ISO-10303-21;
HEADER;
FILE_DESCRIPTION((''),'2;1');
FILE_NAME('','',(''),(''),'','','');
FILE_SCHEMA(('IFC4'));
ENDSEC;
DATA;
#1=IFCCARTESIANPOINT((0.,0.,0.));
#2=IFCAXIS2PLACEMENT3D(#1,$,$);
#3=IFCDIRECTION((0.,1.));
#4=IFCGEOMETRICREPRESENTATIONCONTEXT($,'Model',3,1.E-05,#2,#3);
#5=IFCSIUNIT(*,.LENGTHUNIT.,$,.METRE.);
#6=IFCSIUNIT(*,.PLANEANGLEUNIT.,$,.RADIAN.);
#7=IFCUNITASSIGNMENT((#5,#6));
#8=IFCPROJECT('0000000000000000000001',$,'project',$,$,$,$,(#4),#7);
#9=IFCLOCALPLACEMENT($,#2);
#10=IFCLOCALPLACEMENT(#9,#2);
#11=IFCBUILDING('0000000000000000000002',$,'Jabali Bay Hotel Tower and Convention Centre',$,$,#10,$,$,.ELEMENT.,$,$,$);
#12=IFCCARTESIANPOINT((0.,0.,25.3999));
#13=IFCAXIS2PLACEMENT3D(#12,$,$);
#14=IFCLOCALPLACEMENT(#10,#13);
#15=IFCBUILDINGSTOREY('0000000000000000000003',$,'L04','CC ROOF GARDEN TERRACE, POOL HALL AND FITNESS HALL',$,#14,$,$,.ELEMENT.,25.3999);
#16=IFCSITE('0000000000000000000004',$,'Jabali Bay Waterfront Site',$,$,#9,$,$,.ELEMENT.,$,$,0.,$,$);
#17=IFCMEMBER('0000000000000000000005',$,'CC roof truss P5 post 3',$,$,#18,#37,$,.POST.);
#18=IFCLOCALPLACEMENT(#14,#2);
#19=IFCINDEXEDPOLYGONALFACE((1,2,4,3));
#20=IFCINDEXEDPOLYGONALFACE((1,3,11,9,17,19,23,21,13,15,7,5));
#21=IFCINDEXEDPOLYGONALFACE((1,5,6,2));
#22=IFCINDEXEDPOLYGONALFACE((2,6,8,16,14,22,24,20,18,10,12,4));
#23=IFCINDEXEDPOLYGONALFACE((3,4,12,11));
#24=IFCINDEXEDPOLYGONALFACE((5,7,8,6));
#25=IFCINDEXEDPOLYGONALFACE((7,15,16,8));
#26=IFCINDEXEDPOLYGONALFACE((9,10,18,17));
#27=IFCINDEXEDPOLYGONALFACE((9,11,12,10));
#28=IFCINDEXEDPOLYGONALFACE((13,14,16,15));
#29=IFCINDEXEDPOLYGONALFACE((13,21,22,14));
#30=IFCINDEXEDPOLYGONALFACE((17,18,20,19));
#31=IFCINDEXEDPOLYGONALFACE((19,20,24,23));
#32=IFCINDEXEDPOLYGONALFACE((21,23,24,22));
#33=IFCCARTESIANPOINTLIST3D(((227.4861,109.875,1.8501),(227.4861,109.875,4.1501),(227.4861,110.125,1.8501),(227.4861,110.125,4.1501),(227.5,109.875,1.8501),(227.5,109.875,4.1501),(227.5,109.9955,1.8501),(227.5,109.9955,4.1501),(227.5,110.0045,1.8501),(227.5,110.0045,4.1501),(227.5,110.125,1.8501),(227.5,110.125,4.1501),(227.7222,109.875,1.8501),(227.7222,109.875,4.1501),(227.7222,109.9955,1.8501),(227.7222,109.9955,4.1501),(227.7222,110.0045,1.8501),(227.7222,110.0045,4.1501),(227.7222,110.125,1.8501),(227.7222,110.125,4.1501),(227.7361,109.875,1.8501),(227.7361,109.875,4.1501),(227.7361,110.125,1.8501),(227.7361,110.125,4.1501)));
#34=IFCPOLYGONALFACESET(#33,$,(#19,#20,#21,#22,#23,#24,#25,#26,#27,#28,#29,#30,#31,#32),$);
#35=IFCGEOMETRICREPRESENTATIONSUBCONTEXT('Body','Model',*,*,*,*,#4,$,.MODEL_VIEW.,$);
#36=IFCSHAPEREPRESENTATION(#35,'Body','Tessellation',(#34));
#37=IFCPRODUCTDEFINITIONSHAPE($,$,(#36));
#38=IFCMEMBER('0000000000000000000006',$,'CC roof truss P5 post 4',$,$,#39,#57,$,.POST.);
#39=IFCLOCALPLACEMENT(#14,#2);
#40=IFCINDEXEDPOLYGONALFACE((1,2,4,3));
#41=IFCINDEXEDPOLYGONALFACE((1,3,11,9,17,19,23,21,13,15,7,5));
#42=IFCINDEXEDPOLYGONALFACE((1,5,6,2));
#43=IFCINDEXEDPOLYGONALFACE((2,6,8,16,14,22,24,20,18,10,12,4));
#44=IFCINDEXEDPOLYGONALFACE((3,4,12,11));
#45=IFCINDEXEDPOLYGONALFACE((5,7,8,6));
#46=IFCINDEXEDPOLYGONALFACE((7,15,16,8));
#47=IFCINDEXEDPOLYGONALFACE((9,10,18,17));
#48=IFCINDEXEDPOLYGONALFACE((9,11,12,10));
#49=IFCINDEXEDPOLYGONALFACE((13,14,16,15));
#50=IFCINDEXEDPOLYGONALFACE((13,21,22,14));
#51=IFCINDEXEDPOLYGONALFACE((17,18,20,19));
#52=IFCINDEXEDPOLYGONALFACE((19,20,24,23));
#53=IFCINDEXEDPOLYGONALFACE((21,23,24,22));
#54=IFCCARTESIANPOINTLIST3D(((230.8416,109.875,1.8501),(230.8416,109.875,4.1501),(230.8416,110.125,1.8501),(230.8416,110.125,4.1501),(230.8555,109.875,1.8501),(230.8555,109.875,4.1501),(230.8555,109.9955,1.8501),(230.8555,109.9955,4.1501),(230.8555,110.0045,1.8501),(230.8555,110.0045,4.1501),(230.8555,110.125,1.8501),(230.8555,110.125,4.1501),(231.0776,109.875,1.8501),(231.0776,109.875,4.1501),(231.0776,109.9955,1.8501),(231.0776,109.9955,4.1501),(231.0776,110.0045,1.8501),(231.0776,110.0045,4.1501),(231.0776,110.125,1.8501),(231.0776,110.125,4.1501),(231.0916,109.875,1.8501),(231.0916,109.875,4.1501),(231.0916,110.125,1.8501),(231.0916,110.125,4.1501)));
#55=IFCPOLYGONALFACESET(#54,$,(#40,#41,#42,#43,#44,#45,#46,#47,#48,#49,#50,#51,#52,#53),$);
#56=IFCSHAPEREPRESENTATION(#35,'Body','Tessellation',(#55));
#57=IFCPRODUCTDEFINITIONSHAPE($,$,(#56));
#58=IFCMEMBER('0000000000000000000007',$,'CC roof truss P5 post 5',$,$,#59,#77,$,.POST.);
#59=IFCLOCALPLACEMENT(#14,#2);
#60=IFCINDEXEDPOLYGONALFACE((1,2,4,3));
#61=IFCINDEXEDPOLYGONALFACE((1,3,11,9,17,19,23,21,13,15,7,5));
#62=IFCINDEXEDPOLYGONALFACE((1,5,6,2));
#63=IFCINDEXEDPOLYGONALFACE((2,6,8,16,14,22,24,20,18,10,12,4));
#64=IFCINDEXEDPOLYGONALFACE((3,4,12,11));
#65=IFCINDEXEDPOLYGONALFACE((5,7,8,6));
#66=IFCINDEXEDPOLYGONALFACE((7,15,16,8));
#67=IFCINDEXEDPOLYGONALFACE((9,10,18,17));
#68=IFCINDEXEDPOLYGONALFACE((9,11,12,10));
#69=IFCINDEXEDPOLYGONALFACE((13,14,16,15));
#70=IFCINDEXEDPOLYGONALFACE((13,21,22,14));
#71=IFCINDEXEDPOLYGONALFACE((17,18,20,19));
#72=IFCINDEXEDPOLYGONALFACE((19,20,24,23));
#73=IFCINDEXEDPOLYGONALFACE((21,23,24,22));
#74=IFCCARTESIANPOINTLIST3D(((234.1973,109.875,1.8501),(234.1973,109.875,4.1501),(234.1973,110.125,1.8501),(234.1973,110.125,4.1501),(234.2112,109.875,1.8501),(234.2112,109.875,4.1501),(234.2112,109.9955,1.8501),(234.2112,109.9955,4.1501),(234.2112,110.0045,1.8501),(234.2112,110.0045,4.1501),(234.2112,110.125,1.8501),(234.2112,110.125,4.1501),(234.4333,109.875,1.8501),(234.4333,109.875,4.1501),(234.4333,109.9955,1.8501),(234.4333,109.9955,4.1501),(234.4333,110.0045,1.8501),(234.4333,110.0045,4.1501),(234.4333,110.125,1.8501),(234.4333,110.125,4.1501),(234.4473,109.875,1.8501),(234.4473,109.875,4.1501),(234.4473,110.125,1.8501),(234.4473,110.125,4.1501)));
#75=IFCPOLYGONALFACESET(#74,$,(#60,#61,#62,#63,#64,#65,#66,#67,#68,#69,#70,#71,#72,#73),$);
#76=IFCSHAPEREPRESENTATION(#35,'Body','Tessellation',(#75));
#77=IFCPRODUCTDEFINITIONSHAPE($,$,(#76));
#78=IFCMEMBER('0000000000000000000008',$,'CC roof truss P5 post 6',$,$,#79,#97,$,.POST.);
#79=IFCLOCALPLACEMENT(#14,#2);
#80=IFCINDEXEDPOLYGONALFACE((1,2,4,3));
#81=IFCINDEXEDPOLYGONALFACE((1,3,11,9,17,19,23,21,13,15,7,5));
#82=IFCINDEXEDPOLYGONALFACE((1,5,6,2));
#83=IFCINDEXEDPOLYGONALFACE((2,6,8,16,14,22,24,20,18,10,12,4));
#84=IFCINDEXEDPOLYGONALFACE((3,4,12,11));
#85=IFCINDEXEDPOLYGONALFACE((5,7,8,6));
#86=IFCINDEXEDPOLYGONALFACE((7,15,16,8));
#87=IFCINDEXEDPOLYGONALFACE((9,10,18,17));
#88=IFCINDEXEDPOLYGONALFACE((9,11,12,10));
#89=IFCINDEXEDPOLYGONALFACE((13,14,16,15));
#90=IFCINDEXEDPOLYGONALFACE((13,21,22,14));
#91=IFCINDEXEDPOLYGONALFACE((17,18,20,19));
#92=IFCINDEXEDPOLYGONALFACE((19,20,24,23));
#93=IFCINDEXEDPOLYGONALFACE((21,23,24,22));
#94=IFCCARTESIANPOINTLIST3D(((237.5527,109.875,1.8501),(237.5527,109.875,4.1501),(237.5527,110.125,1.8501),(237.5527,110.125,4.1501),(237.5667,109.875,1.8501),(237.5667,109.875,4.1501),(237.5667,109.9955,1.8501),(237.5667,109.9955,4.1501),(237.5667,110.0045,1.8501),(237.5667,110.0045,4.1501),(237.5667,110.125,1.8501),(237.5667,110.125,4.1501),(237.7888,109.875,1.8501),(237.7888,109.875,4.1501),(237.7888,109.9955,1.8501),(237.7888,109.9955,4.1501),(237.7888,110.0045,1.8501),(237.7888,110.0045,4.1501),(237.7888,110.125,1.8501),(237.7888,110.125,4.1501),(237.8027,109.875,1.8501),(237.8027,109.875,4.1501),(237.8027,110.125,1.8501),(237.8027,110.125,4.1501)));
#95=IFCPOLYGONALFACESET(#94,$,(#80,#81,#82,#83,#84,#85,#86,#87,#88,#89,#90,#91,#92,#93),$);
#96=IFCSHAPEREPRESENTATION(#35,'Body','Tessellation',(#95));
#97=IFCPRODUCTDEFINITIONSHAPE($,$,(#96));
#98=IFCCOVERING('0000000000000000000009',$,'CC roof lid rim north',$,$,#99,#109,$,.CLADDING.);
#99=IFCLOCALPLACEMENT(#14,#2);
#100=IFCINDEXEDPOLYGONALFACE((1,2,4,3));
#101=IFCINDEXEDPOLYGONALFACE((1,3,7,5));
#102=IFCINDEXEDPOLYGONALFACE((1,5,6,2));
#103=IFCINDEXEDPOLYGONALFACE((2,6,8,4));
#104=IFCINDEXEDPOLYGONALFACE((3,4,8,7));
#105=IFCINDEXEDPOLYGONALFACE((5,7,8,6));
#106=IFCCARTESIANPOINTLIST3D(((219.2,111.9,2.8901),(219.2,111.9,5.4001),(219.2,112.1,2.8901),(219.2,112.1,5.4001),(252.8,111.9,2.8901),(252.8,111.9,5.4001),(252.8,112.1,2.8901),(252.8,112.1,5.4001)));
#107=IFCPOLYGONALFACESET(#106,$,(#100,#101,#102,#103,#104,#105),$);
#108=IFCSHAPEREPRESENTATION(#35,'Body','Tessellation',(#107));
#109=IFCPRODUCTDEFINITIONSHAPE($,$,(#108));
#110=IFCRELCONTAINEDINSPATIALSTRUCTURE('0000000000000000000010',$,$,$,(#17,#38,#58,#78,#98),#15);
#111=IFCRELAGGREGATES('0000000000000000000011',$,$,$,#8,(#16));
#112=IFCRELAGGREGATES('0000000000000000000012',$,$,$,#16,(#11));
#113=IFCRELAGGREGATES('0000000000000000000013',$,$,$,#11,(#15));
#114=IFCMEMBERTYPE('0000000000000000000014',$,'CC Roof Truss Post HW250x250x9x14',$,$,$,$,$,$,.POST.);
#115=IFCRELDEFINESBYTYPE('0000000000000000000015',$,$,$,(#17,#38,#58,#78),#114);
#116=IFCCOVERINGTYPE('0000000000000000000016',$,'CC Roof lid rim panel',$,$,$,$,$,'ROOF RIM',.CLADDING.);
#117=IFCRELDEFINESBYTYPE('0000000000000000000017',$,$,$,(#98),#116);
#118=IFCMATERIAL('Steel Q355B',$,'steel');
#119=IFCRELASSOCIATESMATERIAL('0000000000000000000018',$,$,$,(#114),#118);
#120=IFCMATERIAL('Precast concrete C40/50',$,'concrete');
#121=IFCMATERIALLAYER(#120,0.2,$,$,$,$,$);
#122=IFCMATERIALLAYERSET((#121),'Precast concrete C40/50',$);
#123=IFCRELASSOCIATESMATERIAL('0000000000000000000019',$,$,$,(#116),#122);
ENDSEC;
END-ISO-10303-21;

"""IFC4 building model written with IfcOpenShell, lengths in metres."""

from ifc_helpers import new_model, si_unit, direction, frame, origin, origin_2d, place, context, subcontext, project, spatial, rectangle, i_section, extrude, material, layer, layer_set, material_profile, profile_set, type_object, element, save


model = new_model("IFC4")

# Units and contexts
model_context = context("Model", 3, precision=1e-05, world=origin(), true_north=direction((0.0, 1.0)))
body_context = subcontext(model_context, "Body", "Model", "MODEL_VIEW")
ifc_project = project(units=[si_unit("LENGTHUNIT", "METRE"), si_unit("PLANEANGLEUNIT", "RADIAN")], contexts=[model_context])

# Site, building, storey
site_placement = place(None, origin())
site = spatial("IfcSite", under=ifc_project, at=site_placement, Name="Jabali Bay Waterfront Site", CompositionType="ELEMENT", RefElevation=0.0)
building_placement = place(site_placement, origin())
building = spatial("IfcBuilding", under=site, at=building_placement, Name="Jabali Bay Hotel Tower and Convention Centre", CompositionType="ELEMENT")
storey_placement = place(building_placement, frame((0.0, 0.0, 25.3999)))
storey = spatial("IfcBuildingStorey", under=building, at=storey_placement, Name="L04", Description="CC ROOF GARDEN TERRACE, POOL HALL AND FITNESS HALL", CompositionType="ELEMENT", Elevation=25.3999)

# Members
ifc_material_1 = material(Name="Steel Q355B", Category="steel")
ifc_material_profile_1 = material_profile(ifc_material_1, i_section(OverallWidth=0.25, OverallDepth=0.25, WebThickness=0.009, FlangeThickness=0.0139, at=origin_2d()), Name="HW250x250x9x14")
ifc_profile_set_1 = profile_set([ifc_material_profile_1], Name="Steel Q355B")
member_type_1 = type_object("IfcMemberType", Name="CC Roof Truss Post HW250x250x9x14", PredefinedType="POST", material=ifc_profile_set_1)
for number, where, z_axis, x_axis, name in (
    (1, (227.6111, 110.0, 1.8501), (0.0, 0.0, 1.0), (0.0, 1.0, 0.0), "CC roof truss P5 post 3"),
    (2, (230.9666, 110.0, 1.8501), (0.0, 0.0, 1.0), (0.0, 1.0, 0.0), "CC roof truss P5 post 4"),
    (3, (234.3223, 110.0, 1.8501), (0.0, 0.0, 1.0), (0.0, 1.0, 0.0), "CC roof truss P5 post 5"),
    (4, (237.6777, 110.0, 1.8501), (0.0, 0.0, 1.0), (0.0, 1.0, 0.0), "CC roof truss P5 post 6"),
):
    element("IfcMember", number, at=place(storey_placement, frame(where, z_axis=z_axis, x_axis=x_axis)), inside=storey, type_object=member_type_1, Name=name, PredefinedType="POST", context=body_context, shape_type="SweptSolid", body=[
        extrude(i_section(OverallWidth=0.25, OverallDepth=0.25, WebThickness=0.009, FlangeThickness=0.0139, at=origin_2d()), origin(), (0.0, 0.0, 1.0), 2.3),
    ])

# Covering
ifc_material_2 = material(Name="Precast concrete C40/50", Category="concrete")
ifc_layer = layer(ifc_material_2, 0.2)
ifc_layer_set = layer_set([ifc_layer], Name="Precast concrete C40/50")
covering_type = type_object("IfcCoveringType", Name="CC Roof lid rim panel", ElementType="ROOF RIM", PredefinedType="CLADDING", material=ifc_layer_set)
covering_placement = place(storey_placement, frame((236.0, 112.0, 2.8901), z_axis=(0.0, 0.0, 1.0), x_axis=(1.0, 0.0, 0.0)))
element("IfcCovering", 5, at=covering_placement, inside=storey, type_object=covering_type, Name="CC roof lid rim north", PredefinedType="CLADDING", context=body_context, shape_type="SweptSolid", body=[
    extrude(rectangle(XDim=33.6001, YDim=0.2, at=origin_2d()), origin(), (0.0, 0.0, 1.0), 2.51),
])

save(model, "model.ifc")
